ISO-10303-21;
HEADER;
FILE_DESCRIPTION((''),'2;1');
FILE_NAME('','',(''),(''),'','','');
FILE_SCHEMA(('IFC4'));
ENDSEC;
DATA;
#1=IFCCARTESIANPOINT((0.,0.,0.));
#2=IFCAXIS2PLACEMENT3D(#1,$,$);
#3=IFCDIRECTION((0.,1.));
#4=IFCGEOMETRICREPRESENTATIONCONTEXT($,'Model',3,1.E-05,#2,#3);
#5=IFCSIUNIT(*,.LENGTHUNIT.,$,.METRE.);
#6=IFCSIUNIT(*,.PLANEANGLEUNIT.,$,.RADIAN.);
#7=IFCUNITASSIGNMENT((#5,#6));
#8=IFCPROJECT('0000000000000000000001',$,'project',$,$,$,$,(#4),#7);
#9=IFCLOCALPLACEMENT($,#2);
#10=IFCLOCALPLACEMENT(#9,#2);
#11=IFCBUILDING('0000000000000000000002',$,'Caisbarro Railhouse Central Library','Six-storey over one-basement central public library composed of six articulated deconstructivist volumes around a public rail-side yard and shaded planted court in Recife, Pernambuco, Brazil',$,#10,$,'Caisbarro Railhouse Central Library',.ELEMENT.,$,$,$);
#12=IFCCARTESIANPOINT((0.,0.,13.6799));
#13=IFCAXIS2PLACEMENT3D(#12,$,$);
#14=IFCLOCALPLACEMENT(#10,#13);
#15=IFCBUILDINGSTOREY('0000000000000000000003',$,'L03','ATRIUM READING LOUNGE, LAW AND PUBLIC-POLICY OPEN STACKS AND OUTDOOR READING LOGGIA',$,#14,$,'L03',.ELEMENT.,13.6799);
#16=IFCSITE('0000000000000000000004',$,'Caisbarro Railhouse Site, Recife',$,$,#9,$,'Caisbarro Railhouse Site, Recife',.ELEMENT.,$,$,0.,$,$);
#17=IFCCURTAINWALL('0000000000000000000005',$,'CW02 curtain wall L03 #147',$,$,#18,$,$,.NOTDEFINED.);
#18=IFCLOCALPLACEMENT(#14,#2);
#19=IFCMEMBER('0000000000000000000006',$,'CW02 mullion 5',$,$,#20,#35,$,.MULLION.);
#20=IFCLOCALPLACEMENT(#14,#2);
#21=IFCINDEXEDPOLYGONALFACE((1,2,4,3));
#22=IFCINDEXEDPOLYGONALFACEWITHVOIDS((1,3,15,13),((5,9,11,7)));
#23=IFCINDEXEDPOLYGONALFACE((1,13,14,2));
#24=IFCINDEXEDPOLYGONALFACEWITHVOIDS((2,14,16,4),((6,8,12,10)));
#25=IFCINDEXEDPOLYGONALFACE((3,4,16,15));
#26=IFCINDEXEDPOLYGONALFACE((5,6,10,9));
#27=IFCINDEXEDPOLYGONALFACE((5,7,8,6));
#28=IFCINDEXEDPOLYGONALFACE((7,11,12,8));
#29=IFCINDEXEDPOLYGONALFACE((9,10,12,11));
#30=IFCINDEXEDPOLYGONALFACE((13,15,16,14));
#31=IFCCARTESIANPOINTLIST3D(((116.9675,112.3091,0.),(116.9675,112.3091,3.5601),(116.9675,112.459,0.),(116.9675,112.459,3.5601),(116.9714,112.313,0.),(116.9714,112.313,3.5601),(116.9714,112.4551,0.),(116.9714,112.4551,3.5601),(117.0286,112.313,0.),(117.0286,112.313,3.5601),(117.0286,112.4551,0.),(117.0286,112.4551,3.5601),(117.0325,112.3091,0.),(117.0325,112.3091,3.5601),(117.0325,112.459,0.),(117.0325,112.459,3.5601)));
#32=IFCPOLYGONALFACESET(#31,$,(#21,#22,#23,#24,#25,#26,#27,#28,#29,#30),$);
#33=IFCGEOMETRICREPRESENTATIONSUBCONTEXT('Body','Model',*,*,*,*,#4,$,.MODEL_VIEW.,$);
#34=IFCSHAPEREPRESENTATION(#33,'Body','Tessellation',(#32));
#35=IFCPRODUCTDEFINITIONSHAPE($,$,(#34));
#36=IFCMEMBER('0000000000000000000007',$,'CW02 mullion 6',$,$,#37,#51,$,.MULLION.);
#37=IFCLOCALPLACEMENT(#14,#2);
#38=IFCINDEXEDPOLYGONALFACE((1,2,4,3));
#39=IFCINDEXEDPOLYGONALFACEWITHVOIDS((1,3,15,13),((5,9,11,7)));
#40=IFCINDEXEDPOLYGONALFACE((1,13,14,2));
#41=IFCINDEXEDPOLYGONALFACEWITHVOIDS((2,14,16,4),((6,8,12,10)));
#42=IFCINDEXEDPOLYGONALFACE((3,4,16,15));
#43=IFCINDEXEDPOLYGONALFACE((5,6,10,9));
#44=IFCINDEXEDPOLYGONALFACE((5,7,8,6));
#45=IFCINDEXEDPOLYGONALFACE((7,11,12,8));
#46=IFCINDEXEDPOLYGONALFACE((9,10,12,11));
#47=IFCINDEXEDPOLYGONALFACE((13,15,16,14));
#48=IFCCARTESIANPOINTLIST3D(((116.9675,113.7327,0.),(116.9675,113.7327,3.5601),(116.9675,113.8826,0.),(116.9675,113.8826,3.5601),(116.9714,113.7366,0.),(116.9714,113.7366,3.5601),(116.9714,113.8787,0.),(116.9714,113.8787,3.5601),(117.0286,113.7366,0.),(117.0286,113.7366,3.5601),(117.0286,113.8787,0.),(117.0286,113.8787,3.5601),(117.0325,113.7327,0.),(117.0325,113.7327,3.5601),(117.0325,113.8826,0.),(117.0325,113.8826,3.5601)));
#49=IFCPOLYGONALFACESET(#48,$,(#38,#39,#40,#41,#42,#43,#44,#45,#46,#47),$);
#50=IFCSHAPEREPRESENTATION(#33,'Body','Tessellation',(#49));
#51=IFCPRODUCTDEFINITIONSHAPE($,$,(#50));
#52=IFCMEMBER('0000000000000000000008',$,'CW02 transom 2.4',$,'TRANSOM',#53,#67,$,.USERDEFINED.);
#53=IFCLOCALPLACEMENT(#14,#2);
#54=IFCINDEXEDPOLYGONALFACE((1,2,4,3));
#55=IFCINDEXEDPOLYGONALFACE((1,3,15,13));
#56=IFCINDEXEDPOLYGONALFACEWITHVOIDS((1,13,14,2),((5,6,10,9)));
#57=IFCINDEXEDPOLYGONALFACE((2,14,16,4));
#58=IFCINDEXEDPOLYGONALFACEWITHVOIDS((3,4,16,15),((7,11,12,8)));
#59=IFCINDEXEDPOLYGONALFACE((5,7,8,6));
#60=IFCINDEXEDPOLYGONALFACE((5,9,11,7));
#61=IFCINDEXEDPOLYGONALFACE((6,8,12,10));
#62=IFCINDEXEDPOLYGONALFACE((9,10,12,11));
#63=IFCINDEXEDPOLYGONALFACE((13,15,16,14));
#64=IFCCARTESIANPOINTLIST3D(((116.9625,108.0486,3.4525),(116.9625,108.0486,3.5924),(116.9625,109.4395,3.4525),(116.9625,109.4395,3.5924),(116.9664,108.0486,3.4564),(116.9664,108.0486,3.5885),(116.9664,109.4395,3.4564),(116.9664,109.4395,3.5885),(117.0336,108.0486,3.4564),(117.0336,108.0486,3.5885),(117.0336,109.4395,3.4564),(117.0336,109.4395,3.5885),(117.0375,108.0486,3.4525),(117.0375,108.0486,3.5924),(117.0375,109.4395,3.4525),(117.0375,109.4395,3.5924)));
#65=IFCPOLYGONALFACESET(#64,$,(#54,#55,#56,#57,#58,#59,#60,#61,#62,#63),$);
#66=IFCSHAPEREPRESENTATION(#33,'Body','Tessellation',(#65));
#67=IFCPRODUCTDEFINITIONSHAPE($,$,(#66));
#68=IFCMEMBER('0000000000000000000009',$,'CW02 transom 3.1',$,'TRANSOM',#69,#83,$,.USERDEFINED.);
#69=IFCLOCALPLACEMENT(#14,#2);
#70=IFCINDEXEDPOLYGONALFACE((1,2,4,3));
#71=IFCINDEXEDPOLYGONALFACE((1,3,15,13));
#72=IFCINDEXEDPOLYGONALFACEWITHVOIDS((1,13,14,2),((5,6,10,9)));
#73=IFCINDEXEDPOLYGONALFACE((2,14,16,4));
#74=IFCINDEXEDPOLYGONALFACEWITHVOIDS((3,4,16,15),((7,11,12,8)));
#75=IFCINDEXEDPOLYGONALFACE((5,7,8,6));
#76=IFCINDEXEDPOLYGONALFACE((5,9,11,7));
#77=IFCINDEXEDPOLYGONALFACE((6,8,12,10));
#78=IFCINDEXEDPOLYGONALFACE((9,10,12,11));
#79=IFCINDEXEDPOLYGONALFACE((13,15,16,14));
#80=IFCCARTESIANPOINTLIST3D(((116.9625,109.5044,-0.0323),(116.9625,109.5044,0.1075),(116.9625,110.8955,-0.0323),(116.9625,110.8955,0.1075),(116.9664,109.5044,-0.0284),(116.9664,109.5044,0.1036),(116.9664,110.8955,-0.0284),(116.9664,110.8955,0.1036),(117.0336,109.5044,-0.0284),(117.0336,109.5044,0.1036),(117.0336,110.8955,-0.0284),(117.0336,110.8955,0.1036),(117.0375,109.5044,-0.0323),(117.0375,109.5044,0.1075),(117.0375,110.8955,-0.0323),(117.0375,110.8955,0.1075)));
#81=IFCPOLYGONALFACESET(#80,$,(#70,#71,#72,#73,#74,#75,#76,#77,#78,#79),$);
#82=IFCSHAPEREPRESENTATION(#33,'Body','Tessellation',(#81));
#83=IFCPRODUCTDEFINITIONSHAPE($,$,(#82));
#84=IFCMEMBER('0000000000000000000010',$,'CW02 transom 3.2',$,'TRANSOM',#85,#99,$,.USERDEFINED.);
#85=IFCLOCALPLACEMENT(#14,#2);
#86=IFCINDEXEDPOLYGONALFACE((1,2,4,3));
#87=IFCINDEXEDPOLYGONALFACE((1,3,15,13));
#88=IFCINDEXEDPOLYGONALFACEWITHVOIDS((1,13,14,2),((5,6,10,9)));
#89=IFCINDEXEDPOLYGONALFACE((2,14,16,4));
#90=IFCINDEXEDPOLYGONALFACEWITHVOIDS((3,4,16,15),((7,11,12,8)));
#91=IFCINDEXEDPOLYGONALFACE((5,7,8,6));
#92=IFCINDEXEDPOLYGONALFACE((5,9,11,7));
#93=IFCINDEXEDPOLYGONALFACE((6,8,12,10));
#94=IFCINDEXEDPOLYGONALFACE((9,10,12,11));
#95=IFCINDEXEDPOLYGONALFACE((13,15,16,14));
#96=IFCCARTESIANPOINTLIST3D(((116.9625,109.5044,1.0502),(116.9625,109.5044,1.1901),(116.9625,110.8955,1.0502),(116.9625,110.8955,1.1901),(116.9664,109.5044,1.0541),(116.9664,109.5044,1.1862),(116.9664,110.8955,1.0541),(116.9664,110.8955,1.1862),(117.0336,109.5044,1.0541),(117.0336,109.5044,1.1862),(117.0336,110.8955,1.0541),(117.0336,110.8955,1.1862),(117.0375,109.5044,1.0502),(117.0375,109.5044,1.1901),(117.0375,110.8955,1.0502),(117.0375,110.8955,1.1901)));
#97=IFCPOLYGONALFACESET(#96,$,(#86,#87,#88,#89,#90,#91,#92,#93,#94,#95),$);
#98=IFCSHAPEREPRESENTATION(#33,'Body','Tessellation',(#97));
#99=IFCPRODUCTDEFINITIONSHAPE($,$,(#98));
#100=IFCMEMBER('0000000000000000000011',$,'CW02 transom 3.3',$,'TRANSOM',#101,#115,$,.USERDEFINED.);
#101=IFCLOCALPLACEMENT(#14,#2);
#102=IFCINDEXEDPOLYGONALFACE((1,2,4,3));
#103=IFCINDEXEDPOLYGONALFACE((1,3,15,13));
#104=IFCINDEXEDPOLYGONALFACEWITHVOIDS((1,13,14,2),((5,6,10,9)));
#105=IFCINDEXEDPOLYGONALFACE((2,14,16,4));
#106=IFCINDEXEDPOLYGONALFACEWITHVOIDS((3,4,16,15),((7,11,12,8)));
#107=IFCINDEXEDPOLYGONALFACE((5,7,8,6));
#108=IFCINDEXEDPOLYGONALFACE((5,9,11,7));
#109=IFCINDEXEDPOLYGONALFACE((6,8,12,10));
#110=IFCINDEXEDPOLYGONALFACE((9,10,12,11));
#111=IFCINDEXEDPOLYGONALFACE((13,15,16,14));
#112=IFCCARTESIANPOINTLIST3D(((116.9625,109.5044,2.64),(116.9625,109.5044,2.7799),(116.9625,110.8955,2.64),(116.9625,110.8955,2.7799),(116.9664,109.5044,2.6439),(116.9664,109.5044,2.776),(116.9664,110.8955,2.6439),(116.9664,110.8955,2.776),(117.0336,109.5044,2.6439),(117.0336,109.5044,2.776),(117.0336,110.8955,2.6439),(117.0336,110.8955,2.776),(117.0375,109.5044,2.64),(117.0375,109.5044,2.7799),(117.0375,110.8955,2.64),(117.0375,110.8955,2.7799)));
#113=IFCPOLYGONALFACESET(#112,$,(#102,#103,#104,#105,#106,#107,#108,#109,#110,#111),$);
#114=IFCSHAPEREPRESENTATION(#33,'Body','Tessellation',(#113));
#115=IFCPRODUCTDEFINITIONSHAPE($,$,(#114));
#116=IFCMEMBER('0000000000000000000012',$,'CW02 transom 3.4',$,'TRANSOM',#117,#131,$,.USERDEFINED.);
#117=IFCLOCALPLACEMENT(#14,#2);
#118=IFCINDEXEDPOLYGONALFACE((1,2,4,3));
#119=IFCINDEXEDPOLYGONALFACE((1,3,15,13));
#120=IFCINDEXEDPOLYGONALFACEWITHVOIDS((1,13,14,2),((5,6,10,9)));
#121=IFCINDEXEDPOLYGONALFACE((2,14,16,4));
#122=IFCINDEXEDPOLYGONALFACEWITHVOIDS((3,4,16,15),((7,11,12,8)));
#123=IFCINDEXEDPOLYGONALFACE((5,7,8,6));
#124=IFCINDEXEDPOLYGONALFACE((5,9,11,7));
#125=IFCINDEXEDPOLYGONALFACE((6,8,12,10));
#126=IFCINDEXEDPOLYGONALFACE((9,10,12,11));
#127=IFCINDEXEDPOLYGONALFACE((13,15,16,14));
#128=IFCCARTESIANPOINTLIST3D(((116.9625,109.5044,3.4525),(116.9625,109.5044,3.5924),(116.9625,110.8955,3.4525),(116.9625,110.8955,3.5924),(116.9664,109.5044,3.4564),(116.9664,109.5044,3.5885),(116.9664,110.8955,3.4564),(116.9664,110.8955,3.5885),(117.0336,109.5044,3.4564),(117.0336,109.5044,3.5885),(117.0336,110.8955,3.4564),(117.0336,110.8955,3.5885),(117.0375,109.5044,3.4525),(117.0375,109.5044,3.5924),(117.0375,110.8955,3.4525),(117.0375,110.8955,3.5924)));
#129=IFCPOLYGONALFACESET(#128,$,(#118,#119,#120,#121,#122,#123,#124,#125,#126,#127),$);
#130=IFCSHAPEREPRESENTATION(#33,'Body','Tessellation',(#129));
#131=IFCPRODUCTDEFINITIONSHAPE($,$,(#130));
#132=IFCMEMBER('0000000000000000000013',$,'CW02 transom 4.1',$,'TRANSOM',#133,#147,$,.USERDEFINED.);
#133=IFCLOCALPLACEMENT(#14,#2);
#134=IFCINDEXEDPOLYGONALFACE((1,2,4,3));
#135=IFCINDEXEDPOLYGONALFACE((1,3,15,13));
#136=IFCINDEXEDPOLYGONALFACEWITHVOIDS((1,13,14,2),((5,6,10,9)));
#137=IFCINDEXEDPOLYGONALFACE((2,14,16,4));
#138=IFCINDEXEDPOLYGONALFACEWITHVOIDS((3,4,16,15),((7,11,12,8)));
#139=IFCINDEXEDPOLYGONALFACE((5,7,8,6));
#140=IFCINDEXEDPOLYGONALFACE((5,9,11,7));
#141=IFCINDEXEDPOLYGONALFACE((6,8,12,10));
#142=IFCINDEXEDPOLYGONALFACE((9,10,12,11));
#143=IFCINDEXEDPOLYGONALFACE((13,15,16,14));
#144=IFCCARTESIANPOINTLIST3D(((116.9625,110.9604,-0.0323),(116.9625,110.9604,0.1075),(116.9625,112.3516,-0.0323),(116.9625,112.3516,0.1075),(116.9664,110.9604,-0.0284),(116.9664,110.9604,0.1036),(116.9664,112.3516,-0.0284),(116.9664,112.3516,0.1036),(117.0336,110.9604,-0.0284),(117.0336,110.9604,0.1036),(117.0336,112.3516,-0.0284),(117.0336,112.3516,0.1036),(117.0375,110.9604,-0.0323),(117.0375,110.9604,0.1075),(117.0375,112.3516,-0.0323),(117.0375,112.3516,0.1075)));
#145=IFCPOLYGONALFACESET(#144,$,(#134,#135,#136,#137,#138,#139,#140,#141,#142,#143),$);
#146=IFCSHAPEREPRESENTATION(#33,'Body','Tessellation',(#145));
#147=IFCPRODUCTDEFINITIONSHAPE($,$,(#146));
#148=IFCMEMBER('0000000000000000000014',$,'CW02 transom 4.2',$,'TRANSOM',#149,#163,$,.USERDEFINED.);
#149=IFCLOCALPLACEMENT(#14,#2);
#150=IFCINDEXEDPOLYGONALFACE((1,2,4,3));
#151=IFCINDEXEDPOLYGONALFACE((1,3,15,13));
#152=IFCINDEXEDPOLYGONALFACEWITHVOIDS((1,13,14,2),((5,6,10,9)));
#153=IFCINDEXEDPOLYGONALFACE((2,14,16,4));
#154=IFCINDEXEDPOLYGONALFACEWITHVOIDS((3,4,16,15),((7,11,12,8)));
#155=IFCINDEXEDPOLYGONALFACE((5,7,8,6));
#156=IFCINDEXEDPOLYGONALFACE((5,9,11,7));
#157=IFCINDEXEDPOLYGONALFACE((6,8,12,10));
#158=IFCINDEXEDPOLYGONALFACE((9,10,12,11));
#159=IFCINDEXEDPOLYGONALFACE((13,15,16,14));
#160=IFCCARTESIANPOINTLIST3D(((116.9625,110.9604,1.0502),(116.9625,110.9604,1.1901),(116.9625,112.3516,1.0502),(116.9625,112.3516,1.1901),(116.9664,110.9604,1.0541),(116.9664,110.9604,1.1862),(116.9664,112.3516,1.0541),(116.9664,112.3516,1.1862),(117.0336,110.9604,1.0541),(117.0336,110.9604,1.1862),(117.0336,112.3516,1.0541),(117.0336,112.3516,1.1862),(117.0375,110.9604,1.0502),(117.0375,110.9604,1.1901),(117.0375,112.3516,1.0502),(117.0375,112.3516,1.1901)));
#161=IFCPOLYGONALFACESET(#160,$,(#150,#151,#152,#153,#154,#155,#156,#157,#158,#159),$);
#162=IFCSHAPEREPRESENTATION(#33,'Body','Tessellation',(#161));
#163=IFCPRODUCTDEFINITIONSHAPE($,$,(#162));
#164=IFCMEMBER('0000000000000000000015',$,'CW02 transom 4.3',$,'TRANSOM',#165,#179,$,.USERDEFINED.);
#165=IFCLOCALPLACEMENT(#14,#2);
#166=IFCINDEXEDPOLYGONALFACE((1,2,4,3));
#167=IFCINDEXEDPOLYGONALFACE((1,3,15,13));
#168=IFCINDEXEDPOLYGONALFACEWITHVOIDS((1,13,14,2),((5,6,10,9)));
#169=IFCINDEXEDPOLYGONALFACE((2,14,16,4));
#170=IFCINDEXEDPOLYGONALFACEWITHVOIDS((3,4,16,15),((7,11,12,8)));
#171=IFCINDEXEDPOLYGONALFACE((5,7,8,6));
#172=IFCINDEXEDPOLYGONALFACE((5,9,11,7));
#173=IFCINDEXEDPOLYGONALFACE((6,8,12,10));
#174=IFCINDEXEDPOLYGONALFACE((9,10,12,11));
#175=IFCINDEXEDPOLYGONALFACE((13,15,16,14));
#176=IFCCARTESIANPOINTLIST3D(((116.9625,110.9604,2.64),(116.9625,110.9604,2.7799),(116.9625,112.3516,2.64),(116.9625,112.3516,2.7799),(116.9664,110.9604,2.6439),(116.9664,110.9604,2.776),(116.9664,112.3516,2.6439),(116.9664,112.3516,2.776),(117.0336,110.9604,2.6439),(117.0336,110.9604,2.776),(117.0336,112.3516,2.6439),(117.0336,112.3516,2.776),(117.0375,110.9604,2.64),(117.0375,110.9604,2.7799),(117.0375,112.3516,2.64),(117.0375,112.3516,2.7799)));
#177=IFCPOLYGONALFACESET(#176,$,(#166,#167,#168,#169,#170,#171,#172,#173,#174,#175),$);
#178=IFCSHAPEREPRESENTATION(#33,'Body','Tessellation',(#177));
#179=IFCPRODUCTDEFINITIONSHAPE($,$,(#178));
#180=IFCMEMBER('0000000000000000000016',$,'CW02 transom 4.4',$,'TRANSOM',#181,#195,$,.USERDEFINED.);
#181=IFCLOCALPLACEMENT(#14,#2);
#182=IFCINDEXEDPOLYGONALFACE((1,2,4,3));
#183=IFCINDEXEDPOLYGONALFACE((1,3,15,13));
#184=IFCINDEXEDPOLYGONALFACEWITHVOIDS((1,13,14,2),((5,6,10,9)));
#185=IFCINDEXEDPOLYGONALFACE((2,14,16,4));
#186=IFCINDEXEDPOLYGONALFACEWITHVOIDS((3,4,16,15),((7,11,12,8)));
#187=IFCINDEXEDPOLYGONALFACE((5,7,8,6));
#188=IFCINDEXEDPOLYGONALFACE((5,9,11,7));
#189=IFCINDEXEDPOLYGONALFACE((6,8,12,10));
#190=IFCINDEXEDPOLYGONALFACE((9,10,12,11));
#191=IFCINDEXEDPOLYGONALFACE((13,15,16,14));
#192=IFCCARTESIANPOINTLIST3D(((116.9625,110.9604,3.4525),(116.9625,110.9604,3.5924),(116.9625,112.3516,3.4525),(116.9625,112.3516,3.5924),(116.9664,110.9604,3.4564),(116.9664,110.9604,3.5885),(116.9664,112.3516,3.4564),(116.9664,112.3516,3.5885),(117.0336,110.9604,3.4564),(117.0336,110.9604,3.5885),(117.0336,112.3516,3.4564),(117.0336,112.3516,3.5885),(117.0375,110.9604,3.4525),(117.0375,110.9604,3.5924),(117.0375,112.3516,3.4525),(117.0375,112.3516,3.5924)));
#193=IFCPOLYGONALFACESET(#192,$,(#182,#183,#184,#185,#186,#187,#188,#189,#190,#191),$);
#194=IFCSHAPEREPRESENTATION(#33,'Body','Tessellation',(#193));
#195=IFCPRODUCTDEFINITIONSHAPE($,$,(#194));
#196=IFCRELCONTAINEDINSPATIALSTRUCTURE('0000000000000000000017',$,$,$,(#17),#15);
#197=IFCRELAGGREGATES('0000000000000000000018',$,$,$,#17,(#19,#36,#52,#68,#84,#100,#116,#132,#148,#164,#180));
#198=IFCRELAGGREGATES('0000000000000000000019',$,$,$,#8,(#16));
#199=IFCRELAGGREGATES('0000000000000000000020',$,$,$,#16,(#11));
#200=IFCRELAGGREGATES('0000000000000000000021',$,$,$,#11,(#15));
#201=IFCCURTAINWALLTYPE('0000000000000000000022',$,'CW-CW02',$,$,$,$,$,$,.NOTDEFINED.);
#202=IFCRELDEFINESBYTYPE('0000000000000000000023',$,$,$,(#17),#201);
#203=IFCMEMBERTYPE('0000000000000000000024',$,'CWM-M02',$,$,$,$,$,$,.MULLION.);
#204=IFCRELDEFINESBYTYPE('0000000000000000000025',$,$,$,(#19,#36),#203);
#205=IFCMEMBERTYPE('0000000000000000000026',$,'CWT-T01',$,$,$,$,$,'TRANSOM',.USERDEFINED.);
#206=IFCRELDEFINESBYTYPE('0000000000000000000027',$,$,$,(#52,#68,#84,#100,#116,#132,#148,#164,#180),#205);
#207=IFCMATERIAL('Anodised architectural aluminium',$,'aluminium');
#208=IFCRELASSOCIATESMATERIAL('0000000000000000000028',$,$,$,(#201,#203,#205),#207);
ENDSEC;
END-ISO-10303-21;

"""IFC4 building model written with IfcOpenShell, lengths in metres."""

from ifc_helpers import new_model, si_unit, direction, frame, origin, origin_2d, place, context, subcontext, project, spatial, hollow_rectangle, extrude, material, material_profile, profile_set, type_object, element, aggregate, save


model = new_model("IFC4")

# Units and contexts
model_context = context("Model", 3, precision=1e-05, world=origin(), true_north=direction((0.0, 1.0)))
body_context = subcontext(model_context, "Body", "Model", "MODEL_VIEW")
ifc_project = project(units=[si_unit("LENGTHUNIT", "METRE"), si_unit("PLANEANGLEUNIT", "RADIAN")], contexts=[model_context])

# Site, building, storey
site_placement = place(None, origin())
site = spatial("IfcSite", under=ifc_project, at=site_placement, Name="Caisbarro Railhouse Site, Recife", LongName="Caisbarro Railhouse Site, Recife", CompositionType="ELEMENT", RefElevation=0.0)
building_placement = place(site_placement, origin())
building = spatial("IfcBuilding", under=site, at=building_placement, Name="Caisbarro Railhouse Central Library", Description="Six-storey over one-basement central public library composed of six articulated deconstructivist volumes around a public rail-side yard and shaded planted court in Recife, Pernambuco, Brazil", LongName="Caisbarro Railhouse Central Library", CompositionType="ELEMENT")
storey_placement = place(building_placement, frame((0.0, 0.0, 13.6799)))
storey = spatial("IfcBuildingStorey", under=building, at=storey_placement, Name="L03", Description="ATRIUM READING LOUNGE, LAW AND PUBLIC-POLICY OPEN STACKS AND OUTDOOR READING LOGGIA", LongName="L03", CompositionType="ELEMENT", Elevation=13.6799)

# Curtain wall, members
ifc_material_1 = material(Name="Anodised architectural aluminium", Category="aluminium")
curtain_wall_type = type_object("IfcCurtainWallType", Name="CW-CW02", PredefinedType="NOTDEFINED", material=ifc_material_1)
curtain_wall_placement = place(storey_placement, origin())
curtain_wall = element("IfcCurtainWall", 1, at=curtain_wall_placement, inside=storey, type_object=curtain_wall_type, Name="CW02 curtain wall L03 #147", PredefinedType="NOTDEFINED")
ifc_material_profile_1 = material_profile(ifc_material_1, hollow_rectangle(XDim=0.0649, YDim=0.1499, WallThickness=0.0039, at=origin_2d()), Name="ALU-MUL-65X150")
ifc_profile_set_1 = profile_set([ifc_material_profile_1], Name="Anodised architectural aluminium")
member_type_1 = type_object("IfcMemberType", Name="CWM-M02", PredefinedType="MULLION", material=ifc_profile_set_1)
member_1_placement = place(storey_placement, frame((117.0, 112.384, 0.0), z_axis=(0.0, 0.0, 1.0), x_axis=(-1.0, 0.0, 0.0)))
member_1 = element("IfcMember", 2, at=member_1_placement, type_object=member_type_1, Name="CW02 mullion 5", PredefinedType="MULLION", context=body_context, shape_type="SweptSolid", body=[
    extrude(hollow_rectangle(XDim=0.0649, YDim=0.1499, WallThickness=0.0039, at=origin_2d()), origin(), (0.0, 0.0, 1.0), 3.5601),
])
member_2_placement = place(storey_placement, frame((117.0, 113.8076, 0.0), z_axis=(0.0, 0.0, 1.0), x_axis=(-1.0, 0.0, 0.0)))
member_2 = element("IfcMember", 3, at=member_2_placement, type_object=member_type_1, Name="CW02 mullion 6", PredefinedType="MULLION", context=body_context, shape_type="SweptSolid", body=[
    extrude(hollow_rectangle(XDim=0.0649, YDim=0.1499, WallThickness=0.0039, at=origin_2d()), origin(), (0.0, 0.0, 1.0), 3.5601),
])
ifc_material_profile_2 = material_profile(ifc_material_1, hollow_rectangle(XDim=0.075, YDim=0.1399, WallThickness=0.0039, at=origin_2d()), Name="ALU-TRN-75X140")
ifc_profile_set_2 = profile_set([ifc_material_profile_2], Name="Anodised architectural aluminium")
member_type_2 = type_object("IfcMemberType", Name="CWT-T01", ElementType="TRANSOM", PredefinedType="USERDEFINED", material=ifc_profile_set_2)
member_3_placement = place(storey_placement, frame((117.0, 108.0486, 3.5225), z_axis=(0.0, 1.0, 0.0), x_axis=(-1.0, 0.0, 0.0)))
member_3 = element("IfcMember", 4, at=member_3_placement, type_object=member_type_2, Name="CW02 transom 2.4", ObjectType="TRANSOM", PredefinedType="USERDEFINED", context=body_context, shape_type="SweptSolid", body=[
    extrude(hollow_rectangle(XDim=0.075, YDim=0.1399, WallThickness=0.0039, at=origin_2d()), origin(), (0.0, 0.0, 1.0), 1.3909),
])
member_4_placement = place(storey_placement, frame((117.0, 109.5044, 0.0376), z_axis=(0.0, 1.0, 0.0), x_axis=(-1.0, 0.0, 0.0)))
member_4 = element("IfcMember", 5, at=member_4_placement, type_object=member_type_2, Name="CW02 transom 3.1", ObjectType="TRANSOM", PredefinedType="USERDEFINED", context=body_context, shape_type="SweptSolid", body=[
    extrude(hollow_rectangle(XDim=0.075, YDim=0.1399, WallThickness=0.0039, at=origin_2d()), origin(), (0.0, 0.0, 1.0), 1.3911),
])
member_5_placement = place(storey_placement, frame((117.0, 109.5044, 1.1201), z_axis=(0.0, 1.0, 0.0), x_axis=(-1.0, 0.0, 0.0)))
member_5 = element("IfcMember", 6, at=member_5_placement, type_object=member_type_2, Name="CW02 transom 3.2", ObjectType="TRANSOM", PredefinedType="USERDEFINED", context=body_context, shape_type="SweptSolid", body=[
    extrude(hollow_rectangle(XDim=0.075, YDim=0.1399, WallThickness=0.0039, at=origin_2d()), origin(), (0.0, 0.0, 1.0), 1.3911),
])
member_6_placement = place(storey_placement, frame((117.0, 109.5044, 2.71), z_axis=(0.0, 1.0, 0.0), x_axis=(-1.0, 0.0, 0.0)))
member_6 = element("IfcMember", 7, at=member_6_placement, type_object=member_type_2, Name="CW02 transom 3.3", ObjectType="TRANSOM", PredefinedType="USERDEFINED", context=body_context, shape_type="SweptSolid", body=[
    extrude(hollow_rectangle(XDim=0.075, YDim=0.1399, WallThickness=0.0039, at=origin_2d()), origin(), (0.0, 0.0, 1.0), 1.3911),
])
member_7_placement = place(storey_placement, frame((117.0, 109.5044, 3.5225), z_axis=(0.0, 1.0, 0.0), x_axis=(-1.0, 0.0, 0.0)))
member_7 = element("IfcMember", 8, at=member_7_placement, type_object=member_type_2, Name="CW02 transom 3.4", ObjectType="TRANSOM", PredefinedType="USERDEFINED", context=body_context, shape_type="SweptSolid", body=[
    extrude(hollow_rectangle(XDim=0.075, YDim=0.1399, WallThickness=0.0039, at=origin_2d()), origin(), (0.0, 0.0, 1.0), 1.3911),
])
member_8_placement = place(storey_placement, frame((117.0, 110.9604, 0.0376), z_axis=(0.0, 1.0, 0.0), x_axis=(-1.0, 0.0, 0.0)))
member_8 = element("IfcMember", 9, at=member_8_placement, type_object=member_type_2, Name="CW02 transom 4.1", ObjectType="TRANSOM", PredefinedType="USERDEFINED", context=body_context, shape_type="SweptSolid", body=[
    extrude(hollow_rectangle(XDim=0.075, YDim=0.1399, WallThickness=0.0039, at=origin_2d()), origin(), (0.0, 0.0, 1.0), 1.3911),
])
member_9_placement = place(storey_placement, frame((117.0, 110.9604, 1.1201), z_axis=(0.0, 1.0, 0.0), x_axis=(-1.0, 0.0, 0.0)))
member_9 = element("IfcMember", 10, at=member_9_placement, type_object=member_type_2, Name="CW02 transom 4.2", ObjectType="TRANSOM", PredefinedType="USERDEFINED", context=body_context, shape_type="SweptSolid", body=[
    extrude(hollow_rectangle(XDim=0.075, YDim=0.1399, WallThickness=0.0039, at=origin_2d()), origin(), (0.0, 0.0, 1.0), 1.3911),
])
member_10_placement = place(storey_placement, frame((117.0, 110.9604, 2.71), z_axis=(0.0, 1.0, 0.0), x_axis=(-1.0, 0.0, 0.0)))
member_10 = element("IfcMember", 11, at=member_10_placement, type_object=member_type_2, Name="CW02 transom 4.3", ObjectType="TRANSOM", PredefinedType="USERDEFINED", context=body_context, shape_type="SweptSolid", body=[
    extrude(hollow_rectangle(XDim=0.075, YDim=0.1399, WallThickness=0.0039, at=origin_2d()), origin(), (0.0, 0.0, 1.0), 1.3911),
])
member_11_placement = place(storey_placement, frame((117.0, 110.9604, 3.5225), z_axis=(0.0, 1.0, 0.0), x_axis=(-1.0, 0.0, 0.0)))
member_11 = element("IfcMember", 12, at=member_11_placement, type_object=member_type_2, Name="CW02 transom 4.4", ObjectType="TRANSOM", PredefinedType="USERDEFINED", context=body_context, shape_type="SweptSolid", body=[
    extrude(hollow_rectangle(XDim=0.075, YDim=0.1399, WallThickness=0.0039, at=origin_2d()), origin(), (0.0, 0.0, 1.0), 1.3911),
])
aggregate(curtain_wall, [member_1, member_2, member_3, member_4, member_5, member_6, member_7, member_8, member_9, member_10, member_11])

save(model, "model.ifc")
